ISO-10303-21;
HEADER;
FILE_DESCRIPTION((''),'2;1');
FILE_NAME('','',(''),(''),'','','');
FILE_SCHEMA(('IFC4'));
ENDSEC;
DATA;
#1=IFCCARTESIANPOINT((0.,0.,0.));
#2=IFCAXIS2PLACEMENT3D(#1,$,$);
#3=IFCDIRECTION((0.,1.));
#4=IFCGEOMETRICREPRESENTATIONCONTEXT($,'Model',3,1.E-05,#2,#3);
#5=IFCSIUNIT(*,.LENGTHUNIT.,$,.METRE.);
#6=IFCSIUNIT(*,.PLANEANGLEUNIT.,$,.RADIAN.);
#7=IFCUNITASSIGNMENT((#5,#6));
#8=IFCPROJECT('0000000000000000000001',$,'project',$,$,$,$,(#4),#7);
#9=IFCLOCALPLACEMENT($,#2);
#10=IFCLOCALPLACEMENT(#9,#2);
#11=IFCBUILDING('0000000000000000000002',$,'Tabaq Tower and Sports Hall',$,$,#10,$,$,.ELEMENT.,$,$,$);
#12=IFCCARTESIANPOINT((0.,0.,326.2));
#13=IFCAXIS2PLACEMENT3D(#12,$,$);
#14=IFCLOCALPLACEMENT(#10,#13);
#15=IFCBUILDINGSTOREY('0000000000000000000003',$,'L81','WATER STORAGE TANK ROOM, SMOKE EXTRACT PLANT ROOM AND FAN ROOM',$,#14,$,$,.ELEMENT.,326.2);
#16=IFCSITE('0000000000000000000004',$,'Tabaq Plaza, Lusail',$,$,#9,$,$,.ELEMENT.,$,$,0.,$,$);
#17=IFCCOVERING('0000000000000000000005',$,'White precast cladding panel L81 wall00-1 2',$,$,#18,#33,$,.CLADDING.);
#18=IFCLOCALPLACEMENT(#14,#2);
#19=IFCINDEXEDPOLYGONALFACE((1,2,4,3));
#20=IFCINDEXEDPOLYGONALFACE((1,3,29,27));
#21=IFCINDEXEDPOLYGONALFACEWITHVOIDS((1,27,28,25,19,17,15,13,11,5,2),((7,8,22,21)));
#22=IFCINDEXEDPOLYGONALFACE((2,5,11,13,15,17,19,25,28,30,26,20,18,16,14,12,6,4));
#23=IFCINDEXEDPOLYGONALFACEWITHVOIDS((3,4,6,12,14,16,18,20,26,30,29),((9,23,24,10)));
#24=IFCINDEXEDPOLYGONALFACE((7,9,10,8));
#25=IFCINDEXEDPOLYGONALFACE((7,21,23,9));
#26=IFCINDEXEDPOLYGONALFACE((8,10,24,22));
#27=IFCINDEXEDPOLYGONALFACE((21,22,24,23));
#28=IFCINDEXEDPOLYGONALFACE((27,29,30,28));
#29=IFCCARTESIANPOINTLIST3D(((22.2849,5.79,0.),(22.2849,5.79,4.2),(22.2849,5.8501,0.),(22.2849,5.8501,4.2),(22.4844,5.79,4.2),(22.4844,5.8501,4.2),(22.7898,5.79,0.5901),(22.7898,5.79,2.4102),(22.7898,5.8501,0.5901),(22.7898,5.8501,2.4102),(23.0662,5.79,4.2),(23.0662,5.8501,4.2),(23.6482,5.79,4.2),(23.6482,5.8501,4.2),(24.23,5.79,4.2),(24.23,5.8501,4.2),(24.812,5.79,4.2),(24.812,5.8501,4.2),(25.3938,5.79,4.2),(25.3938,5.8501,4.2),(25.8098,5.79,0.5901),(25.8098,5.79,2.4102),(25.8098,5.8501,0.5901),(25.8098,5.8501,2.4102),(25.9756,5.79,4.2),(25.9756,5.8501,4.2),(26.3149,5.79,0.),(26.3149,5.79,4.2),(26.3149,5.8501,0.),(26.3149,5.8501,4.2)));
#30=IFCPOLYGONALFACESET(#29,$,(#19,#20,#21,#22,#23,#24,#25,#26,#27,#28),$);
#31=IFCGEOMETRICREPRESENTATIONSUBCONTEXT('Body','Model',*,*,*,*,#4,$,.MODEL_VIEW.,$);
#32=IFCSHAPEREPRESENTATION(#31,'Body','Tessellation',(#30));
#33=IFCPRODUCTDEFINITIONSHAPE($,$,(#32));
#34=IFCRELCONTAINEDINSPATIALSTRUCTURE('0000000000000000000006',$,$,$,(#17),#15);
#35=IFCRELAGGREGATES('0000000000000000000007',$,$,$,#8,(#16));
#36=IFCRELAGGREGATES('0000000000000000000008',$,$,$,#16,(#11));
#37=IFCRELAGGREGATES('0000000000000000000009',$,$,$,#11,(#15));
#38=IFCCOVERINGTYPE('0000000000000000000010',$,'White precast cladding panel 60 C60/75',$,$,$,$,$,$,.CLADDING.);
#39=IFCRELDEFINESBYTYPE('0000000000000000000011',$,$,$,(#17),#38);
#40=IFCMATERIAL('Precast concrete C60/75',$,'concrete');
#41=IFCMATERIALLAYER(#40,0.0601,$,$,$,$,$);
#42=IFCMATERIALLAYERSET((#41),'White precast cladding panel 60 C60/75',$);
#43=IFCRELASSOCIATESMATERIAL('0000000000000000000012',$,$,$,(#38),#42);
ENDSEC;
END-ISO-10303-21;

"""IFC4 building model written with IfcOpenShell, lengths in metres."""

from ifc_helpers import new_model, si_unit, direction, frame, origin, place, context, subcontext, project, spatial, polyline, outline, extrude, material, layer, layer_set, type_object, element, save


model = new_model("IFC4")

# Units and contexts
model_context = context("Model", 3, precision=1e-05, world=origin(), true_north=direction((0.0, 1.0)))
body_context = subcontext(model_context, "Body", "Model", "MODEL_VIEW")
ifc_project = project(units=[si_unit("LENGTHUNIT", "METRE"), si_unit("PLANEANGLEUNIT", "RADIAN")], contexts=[model_context])

# Site, building, storey
site_placement = place(None, origin())
site = spatial("IfcSite", under=ifc_project, at=site_placement, Name="Tabaq Plaza, Lusail", CompositionType="ELEMENT", RefElevation=0.0)
building_placement = place(site_placement, origin())
building = spatial("IfcBuilding", under=site, at=building_placement, Name="Tabaq Tower and Sports Hall", CompositionType="ELEMENT")
storey_placement = place(building_placement, frame((0.0, 0.0, 326.2)))
storey = spatial("IfcBuildingStorey", under=building, at=storey_placement, Name="L81", Description="WATER STORAGE TANK ROOM, SMOKE EXTRACT PLANT ROOM AND FAN ROOM", CompositionType="ELEMENT", Elevation=326.2)

# Covering
ifc_material_1 = material(Name="Precast concrete C60/75", Category="concrete")
ifc_layer_1 = layer(ifc_material_1, 0.0601)
ifc_layer_set_1 = layer_set([ifc_layer_1], Name="White precast cladding panel 60 C60/75")
covering_type = type_object("IfcCoveringType", Name="White precast cladding panel 60 C60/75", PredefinedType="CLADDING", material=ifc_layer_set_1)
covering_1_placement = place(storey_placement, frame((22.2849, 5.8201, 0.0), z_axis=(0.0, 0.0, 1.0), x_axis=(1.0, 0.0, 0.0)))
element("IfcCovering", 1, at=covering_1_placement, inside=storey, type_object=covering_type, Name="White precast cladding panel L81 wall00-1 2", PredefinedType="CLADDING", context=body_context, shape_type="SweptSolid", body=[
    extrude(outline(polyline([(0.0, 0.0), (4.03, 0.0), (4.03, 4.2), (3.6907, 4.2), (3.1089, 4.2), (2.5271, 4.2), (1.9451, 4.2), (1.3633, 4.2), (0.7812, 4.2), (0.1995, 4.2), (0.0, 4.2), (0.0, 0.0)]), holes=[polyline([(0.5049, 0.5901), (0.5049, 2.4102), (3.5249, 2.4102), (3.5249, 0.5901), (0.5049, 0.5901)])]), frame((0.0, 0.03, 0.0), z_axis=(0.0, -1.0, 0.0), x_axis=(1.0, 0.0, 0.0)), (0.0, 0.0, 1.0), 0.0601),
])

save(model, "model.ifc")
